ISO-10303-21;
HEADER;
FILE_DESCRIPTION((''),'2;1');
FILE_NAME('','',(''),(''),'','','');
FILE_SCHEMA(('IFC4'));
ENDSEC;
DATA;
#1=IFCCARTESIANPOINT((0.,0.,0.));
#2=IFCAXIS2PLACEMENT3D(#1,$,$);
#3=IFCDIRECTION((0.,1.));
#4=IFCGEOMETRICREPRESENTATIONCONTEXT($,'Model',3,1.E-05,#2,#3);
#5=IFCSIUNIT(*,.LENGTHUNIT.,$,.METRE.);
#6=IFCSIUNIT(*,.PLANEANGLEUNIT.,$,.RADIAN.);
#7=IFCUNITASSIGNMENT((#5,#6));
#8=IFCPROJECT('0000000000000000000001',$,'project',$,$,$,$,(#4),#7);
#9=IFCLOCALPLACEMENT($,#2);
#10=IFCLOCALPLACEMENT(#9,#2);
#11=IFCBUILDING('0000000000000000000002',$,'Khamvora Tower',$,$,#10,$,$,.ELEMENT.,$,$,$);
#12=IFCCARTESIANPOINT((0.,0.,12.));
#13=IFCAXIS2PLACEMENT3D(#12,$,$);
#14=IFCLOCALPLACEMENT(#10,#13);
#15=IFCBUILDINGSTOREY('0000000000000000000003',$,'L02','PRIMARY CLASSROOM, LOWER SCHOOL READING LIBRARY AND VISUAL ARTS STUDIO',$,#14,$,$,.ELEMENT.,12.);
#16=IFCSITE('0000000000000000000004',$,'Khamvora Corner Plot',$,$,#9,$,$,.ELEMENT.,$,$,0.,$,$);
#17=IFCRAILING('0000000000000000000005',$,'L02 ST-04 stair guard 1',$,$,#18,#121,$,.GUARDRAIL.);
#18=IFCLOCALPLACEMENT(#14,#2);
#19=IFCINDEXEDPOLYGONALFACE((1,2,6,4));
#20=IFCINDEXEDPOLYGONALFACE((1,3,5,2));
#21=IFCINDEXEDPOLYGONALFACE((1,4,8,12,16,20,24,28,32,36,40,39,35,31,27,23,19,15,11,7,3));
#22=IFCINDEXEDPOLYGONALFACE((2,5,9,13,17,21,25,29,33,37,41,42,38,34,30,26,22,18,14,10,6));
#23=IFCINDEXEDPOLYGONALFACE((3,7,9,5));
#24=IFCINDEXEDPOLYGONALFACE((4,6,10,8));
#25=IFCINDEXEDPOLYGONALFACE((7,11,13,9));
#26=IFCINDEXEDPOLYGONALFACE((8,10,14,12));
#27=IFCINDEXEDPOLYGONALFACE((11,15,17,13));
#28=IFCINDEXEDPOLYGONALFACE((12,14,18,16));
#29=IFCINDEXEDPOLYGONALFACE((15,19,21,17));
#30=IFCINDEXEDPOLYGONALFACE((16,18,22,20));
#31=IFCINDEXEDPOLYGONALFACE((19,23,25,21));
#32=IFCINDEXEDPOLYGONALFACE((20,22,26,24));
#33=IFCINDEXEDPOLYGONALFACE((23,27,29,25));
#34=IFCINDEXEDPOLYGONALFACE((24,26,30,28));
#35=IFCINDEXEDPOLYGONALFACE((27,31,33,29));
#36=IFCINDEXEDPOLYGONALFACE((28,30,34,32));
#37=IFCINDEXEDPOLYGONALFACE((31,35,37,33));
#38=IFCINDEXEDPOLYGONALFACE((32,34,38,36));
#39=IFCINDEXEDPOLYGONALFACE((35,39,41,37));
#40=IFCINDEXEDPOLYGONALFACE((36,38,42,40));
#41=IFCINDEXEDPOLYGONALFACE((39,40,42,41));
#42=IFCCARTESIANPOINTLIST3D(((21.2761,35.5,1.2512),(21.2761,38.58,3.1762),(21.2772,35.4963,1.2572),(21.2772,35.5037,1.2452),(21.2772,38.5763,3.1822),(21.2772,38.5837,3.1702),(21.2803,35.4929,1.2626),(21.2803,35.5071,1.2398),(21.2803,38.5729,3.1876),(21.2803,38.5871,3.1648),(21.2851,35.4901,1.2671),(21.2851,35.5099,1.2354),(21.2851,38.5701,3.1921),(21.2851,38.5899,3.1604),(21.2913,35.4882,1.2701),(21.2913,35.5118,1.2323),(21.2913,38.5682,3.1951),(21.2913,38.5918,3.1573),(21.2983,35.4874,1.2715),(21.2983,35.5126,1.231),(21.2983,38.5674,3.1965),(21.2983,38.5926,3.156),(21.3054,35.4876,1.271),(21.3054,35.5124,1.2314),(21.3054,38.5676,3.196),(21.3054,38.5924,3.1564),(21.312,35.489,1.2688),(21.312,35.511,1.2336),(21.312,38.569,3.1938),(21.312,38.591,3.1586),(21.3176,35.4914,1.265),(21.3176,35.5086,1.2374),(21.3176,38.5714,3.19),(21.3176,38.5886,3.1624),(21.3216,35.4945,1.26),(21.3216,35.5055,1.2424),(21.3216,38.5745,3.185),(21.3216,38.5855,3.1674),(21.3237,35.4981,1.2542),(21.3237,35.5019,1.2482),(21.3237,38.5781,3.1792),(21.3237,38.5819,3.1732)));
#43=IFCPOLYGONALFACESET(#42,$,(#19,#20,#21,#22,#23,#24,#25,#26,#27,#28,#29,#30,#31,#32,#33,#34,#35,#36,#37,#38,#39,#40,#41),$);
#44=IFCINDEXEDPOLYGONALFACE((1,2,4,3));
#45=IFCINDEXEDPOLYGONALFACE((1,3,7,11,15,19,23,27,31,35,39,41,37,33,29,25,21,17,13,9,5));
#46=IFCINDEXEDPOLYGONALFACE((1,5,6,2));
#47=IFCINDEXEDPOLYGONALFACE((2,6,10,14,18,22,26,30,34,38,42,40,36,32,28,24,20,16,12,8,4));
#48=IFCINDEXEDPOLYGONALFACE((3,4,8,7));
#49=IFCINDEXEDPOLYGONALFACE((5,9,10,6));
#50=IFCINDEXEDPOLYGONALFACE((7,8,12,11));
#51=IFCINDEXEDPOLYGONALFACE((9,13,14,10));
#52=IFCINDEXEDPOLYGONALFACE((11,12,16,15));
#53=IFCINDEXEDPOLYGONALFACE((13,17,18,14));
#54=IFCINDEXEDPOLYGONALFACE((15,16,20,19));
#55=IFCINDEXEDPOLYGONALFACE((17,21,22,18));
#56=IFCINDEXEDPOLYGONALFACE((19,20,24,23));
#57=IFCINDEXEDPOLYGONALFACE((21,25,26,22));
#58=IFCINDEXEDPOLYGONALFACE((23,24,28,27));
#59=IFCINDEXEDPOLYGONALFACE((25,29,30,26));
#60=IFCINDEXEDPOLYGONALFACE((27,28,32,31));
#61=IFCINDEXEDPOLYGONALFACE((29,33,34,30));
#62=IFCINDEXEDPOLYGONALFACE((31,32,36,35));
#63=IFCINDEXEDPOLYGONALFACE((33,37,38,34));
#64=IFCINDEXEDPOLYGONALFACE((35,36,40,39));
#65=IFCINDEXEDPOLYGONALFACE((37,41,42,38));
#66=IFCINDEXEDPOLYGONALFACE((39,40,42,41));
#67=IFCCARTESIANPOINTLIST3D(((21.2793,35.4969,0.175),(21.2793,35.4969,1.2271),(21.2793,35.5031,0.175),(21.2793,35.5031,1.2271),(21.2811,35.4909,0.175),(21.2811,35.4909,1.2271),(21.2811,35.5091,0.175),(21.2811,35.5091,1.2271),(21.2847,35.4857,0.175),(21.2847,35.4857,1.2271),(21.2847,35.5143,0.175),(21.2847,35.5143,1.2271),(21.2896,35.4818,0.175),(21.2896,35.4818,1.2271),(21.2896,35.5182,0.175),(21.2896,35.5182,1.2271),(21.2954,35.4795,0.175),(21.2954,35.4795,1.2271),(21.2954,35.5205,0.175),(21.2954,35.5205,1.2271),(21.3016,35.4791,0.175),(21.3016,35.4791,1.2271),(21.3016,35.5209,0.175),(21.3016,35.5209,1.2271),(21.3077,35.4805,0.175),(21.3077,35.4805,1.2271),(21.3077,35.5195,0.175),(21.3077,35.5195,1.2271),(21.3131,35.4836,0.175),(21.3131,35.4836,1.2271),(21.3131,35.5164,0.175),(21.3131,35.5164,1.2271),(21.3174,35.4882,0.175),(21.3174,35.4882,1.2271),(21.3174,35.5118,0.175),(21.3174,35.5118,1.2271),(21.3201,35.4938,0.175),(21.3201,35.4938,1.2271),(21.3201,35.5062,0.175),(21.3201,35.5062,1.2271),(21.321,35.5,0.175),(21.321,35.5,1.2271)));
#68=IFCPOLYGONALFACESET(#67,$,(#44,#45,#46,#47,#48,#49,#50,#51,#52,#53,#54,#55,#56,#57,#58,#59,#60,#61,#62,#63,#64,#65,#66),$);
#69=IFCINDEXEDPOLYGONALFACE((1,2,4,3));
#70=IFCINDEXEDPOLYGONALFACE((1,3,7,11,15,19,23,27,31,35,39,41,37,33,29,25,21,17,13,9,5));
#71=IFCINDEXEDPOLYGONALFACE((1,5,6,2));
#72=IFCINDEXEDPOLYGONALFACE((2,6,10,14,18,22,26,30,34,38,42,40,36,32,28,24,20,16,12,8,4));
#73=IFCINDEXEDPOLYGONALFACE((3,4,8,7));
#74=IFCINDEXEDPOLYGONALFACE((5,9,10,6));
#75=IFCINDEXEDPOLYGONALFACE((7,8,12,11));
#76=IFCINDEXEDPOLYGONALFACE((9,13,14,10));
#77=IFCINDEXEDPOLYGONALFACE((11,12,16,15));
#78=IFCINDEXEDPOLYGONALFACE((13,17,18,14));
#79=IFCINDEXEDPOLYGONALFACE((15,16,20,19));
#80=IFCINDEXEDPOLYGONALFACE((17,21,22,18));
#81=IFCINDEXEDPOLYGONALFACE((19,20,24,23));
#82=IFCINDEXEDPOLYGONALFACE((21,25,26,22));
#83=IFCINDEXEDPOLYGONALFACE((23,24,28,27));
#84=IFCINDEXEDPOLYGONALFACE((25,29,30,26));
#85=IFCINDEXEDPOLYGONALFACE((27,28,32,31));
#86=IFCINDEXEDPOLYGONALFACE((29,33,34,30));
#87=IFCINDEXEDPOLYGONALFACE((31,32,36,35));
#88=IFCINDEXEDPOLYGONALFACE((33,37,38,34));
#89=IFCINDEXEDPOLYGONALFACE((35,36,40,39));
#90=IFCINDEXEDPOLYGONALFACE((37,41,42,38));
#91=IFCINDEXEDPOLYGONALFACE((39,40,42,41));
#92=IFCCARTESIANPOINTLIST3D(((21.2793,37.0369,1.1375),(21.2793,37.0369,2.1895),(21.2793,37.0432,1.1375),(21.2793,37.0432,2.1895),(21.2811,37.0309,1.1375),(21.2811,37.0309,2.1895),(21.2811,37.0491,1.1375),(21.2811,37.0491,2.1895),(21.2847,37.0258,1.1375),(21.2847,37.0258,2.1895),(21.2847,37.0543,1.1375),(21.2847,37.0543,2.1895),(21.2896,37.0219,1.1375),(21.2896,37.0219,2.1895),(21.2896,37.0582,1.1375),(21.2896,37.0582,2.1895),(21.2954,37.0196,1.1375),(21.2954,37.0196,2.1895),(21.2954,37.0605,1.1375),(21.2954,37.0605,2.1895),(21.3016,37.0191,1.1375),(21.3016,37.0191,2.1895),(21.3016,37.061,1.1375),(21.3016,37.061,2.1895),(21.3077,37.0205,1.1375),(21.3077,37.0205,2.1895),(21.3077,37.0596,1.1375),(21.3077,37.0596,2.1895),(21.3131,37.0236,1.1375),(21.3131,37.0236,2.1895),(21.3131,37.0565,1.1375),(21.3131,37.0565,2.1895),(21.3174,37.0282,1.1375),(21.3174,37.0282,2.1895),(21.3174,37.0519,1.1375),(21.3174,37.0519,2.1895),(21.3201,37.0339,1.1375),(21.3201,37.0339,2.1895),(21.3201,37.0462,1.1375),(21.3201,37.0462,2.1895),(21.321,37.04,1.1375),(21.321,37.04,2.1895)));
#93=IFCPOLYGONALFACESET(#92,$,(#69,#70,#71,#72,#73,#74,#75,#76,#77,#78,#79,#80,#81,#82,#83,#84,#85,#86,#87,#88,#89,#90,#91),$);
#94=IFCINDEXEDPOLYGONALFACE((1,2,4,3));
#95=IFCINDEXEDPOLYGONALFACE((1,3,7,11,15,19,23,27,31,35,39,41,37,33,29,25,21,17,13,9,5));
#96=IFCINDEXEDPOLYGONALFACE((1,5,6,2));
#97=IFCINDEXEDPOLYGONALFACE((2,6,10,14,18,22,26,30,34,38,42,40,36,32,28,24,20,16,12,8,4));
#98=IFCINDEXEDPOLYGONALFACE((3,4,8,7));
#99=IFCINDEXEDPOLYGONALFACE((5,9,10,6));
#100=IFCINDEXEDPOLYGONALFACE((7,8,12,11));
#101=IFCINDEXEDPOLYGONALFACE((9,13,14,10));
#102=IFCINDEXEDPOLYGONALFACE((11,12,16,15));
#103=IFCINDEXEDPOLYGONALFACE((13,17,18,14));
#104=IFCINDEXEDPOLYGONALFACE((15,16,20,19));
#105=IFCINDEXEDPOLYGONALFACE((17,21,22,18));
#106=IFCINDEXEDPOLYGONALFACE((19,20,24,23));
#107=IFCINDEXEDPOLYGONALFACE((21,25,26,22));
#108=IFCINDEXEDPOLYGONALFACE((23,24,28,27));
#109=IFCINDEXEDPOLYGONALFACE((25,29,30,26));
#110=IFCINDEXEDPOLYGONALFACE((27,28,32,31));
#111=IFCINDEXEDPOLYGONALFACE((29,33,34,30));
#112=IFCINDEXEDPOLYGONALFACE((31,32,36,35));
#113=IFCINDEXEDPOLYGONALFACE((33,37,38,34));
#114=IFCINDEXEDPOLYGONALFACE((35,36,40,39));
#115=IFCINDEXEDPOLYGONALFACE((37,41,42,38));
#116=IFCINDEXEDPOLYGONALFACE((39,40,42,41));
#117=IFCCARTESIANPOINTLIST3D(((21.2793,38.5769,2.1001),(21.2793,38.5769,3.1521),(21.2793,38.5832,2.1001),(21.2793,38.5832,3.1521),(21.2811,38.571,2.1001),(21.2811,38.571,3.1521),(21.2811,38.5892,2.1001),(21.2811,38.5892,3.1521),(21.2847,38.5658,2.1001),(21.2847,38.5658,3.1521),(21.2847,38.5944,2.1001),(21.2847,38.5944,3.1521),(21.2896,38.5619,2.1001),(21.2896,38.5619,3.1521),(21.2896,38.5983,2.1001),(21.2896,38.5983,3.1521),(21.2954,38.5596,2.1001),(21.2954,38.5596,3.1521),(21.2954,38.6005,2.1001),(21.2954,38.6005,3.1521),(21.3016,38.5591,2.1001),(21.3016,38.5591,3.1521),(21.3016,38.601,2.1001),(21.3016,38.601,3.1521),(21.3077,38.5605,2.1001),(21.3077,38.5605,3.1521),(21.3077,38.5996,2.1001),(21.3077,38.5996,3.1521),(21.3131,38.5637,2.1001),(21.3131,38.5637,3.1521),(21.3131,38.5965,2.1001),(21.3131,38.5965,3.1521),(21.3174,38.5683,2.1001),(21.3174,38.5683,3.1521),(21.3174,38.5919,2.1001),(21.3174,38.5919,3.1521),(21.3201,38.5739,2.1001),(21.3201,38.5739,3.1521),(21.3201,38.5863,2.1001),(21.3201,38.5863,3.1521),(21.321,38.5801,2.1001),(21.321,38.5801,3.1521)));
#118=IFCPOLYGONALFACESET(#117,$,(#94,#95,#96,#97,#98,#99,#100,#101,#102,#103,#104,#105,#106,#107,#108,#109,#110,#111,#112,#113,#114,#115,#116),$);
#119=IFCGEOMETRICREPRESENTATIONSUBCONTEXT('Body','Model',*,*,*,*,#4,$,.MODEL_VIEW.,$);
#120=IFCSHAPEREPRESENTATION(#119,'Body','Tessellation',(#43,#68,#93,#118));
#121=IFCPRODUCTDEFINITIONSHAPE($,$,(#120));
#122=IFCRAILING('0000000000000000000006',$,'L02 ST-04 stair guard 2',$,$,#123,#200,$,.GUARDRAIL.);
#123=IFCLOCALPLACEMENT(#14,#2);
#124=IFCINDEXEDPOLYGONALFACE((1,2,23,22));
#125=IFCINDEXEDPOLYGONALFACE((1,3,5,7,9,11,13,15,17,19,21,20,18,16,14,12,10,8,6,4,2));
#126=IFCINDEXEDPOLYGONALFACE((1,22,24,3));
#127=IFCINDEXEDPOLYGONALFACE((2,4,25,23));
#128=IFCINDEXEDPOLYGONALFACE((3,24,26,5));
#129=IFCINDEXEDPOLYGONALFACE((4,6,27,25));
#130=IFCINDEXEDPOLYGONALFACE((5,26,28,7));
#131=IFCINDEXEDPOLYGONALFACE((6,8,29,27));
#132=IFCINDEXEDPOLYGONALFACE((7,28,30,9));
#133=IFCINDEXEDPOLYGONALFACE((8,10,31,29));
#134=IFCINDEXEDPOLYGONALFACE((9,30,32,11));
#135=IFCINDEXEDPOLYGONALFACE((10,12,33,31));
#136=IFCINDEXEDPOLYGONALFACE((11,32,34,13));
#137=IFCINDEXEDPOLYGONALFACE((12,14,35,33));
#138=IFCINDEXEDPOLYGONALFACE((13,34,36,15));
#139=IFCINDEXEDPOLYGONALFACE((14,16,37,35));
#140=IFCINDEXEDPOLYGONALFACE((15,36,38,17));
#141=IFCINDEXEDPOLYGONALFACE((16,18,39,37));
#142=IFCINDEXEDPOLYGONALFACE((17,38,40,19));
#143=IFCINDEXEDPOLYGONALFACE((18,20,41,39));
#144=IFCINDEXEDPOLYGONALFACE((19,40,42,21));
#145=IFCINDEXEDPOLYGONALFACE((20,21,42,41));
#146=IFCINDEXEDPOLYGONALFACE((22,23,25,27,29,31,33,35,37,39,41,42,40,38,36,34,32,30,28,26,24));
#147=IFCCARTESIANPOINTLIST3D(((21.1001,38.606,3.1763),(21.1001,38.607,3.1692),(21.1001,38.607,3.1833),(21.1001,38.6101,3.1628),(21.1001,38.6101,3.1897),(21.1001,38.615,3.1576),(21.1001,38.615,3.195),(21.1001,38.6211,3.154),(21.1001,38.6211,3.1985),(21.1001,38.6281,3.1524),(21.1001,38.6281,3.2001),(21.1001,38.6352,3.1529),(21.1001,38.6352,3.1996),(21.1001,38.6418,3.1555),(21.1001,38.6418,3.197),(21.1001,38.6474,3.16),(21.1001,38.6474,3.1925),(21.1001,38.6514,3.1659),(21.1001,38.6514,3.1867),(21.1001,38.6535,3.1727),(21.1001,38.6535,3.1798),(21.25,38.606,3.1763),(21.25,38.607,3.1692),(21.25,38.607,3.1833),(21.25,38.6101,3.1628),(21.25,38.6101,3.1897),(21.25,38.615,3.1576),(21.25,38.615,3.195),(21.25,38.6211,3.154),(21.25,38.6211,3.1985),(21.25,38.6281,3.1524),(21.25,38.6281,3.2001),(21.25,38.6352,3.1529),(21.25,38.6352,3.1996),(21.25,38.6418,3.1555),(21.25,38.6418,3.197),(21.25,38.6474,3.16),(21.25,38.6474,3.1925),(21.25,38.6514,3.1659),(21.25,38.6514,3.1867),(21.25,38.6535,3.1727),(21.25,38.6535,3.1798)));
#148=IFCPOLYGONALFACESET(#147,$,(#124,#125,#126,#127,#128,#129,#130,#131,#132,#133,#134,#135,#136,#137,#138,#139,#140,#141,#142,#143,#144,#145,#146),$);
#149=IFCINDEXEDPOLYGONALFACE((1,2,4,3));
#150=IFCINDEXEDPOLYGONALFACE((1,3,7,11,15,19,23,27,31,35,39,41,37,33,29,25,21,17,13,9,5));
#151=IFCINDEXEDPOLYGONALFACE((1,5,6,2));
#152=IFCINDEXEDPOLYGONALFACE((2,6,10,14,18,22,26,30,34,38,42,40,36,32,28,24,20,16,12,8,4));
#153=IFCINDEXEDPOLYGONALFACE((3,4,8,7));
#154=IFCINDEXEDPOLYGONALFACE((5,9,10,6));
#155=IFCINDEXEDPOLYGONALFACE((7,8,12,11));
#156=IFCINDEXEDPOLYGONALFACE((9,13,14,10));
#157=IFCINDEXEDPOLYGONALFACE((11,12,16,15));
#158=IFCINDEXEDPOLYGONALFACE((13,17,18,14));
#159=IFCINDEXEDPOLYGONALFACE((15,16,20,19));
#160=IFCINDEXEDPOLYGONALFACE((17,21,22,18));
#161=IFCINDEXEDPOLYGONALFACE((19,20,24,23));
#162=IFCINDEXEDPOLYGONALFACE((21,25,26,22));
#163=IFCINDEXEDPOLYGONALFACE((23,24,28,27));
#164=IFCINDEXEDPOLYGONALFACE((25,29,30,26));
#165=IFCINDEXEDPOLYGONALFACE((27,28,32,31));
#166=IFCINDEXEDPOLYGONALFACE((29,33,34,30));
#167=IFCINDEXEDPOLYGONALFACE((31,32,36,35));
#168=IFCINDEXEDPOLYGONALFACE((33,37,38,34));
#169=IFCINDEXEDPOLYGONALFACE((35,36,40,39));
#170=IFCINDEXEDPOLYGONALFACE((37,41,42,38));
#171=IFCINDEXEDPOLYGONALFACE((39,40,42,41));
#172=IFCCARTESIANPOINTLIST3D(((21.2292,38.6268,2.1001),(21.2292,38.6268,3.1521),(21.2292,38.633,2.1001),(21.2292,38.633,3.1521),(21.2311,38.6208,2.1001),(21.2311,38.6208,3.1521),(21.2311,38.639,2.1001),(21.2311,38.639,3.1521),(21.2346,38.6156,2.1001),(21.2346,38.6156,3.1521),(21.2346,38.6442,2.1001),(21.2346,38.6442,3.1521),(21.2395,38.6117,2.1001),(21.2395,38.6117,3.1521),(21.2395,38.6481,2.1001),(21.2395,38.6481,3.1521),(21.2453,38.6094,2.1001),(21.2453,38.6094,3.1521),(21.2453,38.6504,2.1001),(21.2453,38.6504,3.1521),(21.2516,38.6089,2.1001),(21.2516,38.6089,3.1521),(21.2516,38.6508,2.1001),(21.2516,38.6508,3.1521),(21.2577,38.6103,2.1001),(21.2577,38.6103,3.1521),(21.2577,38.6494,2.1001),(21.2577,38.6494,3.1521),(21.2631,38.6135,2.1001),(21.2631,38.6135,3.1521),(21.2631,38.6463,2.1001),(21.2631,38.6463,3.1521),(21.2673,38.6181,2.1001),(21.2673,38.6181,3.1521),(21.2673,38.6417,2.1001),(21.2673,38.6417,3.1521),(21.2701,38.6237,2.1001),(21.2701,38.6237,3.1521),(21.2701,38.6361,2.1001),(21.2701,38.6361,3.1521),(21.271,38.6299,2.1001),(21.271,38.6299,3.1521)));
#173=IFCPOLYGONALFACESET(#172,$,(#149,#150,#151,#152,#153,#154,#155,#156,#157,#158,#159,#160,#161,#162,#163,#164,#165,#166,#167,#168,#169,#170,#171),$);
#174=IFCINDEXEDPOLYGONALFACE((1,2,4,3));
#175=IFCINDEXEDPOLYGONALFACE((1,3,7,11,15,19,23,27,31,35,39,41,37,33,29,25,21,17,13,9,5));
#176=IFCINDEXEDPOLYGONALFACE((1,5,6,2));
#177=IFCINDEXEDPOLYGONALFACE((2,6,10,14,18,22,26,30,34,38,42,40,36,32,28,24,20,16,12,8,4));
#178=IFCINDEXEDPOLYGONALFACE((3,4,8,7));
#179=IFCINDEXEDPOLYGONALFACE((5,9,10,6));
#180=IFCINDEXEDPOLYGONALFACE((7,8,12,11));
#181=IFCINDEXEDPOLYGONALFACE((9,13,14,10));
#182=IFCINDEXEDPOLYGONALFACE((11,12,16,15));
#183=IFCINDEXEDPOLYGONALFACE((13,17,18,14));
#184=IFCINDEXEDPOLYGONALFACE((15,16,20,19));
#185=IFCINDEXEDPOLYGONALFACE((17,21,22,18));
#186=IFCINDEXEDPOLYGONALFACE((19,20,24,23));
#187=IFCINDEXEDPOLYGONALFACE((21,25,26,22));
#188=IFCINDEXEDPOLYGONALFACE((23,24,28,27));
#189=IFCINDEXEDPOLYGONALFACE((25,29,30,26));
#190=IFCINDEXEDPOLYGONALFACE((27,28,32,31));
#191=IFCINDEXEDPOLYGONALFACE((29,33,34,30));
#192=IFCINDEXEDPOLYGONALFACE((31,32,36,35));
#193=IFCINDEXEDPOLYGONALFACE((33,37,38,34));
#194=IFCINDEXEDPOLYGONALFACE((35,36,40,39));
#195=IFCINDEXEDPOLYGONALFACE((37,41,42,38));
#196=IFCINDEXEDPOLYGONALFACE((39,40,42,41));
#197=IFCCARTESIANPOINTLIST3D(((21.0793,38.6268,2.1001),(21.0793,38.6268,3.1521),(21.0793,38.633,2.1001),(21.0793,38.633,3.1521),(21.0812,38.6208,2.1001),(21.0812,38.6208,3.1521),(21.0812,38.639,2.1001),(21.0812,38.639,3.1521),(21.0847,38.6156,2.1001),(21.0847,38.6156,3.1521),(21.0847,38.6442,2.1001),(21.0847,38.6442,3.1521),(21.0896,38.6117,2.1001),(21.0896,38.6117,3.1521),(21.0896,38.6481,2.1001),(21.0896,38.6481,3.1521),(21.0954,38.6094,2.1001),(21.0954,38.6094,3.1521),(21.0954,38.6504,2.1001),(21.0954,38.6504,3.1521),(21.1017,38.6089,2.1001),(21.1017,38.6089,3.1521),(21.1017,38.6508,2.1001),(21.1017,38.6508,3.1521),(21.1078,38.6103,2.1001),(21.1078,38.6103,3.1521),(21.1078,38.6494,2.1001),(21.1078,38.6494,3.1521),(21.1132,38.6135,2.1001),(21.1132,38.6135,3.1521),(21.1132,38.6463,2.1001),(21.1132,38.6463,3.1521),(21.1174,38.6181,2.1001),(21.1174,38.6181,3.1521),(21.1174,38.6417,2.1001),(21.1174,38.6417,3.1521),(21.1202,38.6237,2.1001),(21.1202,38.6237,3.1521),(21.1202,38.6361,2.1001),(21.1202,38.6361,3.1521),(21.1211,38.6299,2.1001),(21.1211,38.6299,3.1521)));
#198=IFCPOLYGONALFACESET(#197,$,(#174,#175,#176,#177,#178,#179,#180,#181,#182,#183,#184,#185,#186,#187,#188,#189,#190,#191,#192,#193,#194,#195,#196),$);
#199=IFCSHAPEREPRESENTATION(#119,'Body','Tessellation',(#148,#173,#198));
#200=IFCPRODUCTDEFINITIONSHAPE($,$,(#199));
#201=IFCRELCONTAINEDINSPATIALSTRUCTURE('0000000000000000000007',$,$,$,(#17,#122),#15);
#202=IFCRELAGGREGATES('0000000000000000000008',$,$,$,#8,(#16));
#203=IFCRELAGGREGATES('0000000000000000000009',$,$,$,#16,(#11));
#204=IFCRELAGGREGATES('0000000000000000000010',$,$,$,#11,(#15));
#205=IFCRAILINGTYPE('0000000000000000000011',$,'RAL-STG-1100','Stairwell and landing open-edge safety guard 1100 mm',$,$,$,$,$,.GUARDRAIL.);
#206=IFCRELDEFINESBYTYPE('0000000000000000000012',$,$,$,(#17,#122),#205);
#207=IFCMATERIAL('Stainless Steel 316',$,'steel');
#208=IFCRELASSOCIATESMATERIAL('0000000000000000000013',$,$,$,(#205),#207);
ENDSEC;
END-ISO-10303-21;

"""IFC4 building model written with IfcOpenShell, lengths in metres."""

from ifc_helpers import new_model, si_unit, direction, frame, origin, origin_2d, place, context, subcontext, project, spatial, circle, extrude, material, type_object, element, save


model = new_model("IFC4")

# Units and contexts
model_context = context("Model", 3, precision=1e-05, world=origin(), true_north=direction((0.0, 1.0)))
body_context = subcontext(model_context, "Body", "Model", "MODEL_VIEW")
ifc_project = project(units=[si_unit("LENGTHUNIT", "METRE"), si_unit("PLANEANGLEUNIT", "RADIAN")], contexts=[model_context])

# Site, building, storey
site_placement = place(None, origin())
site = spatial("IfcSite", under=ifc_project, at=site_placement, Name="Khamvora Corner Plot", CompositionType="ELEMENT", RefElevation=0.0)
building_placement = place(site_placement, origin())
building = spatial("IfcBuilding", under=site, at=building_placement, Name="Khamvora Tower", CompositionType="ELEMENT")
storey_placement = place(building_placement, frame((0.0, 0.0, 12.0)))
storey = spatial("IfcBuildingStorey", under=building, at=storey_placement, Name="L02", Description="PRIMARY CLASSROOM, LOWER SCHOOL READING LIBRARY AND VISUAL ARTS STUDIO", CompositionType="ELEMENT", Elevation=12.0)

# Railings
ifc_material_1 = material(Name="Stainless Steel 316", Category="steel")
railing_type_1 = type_object("IfcRailingType", Name="RAL-STG-1100", Description="Stairwell and landing open-edge safety guard 1100 mm", PredefinedType="GUARDRAIL", material=ifc_material_1)
railing_1_placement = place(storey_placement, frame((21.3, 35.5, 0.175)))
element("IfcRailing", 1, at=railing_1_placement, inside=storey, type_object=railing_type_1, Name="L02 ST-04 stair guard 1", PredefinedType="GUARDRAIL", context=body_context, shape_type="SweptSolid", body=[
    extrude(circle(Radius=0.0239, at=origin_2d()), frame((0.0, 0.0, 1.0762), z_axis=(0.0, 0.847998, 0.529999), x_axis=(-1.0, 0.0, 0.0)), (0.0, 0.0, 1.0), 3.6321),
    extrude(circle(Radius=0.021, at=origin_2d()), origin(), (0.0, 0.0, 1.0), 1.052),
    extrude(circle(Radius=0.021, at=origin_2d()), frame((0.0, 1.54, 0.9624)), (0.0, 0.0, 1.0), 1.052),
    extrude(circle(Radius=0.021, at=origin_2d()), frame((0.0, 3.0801, 1.925)), (0.0, 0.0, 1.0), 1.052),
])
railing_2_placement = place(storey_placement, frame((21.25, 38.6299, 2.1001)))
element("IfcRailing", 2, at=railing_2_placement, inside=storey, type_object=railing_type_1, Name="L02 ST-04 stair guard 2", PredefinedType="GUARDRAIL", context=body_context, shape_type="SweptSolid", body=[
    extrude(circle(Radius=0.0239, at=origin_2d()), frame((0.0, 0.0, 1.0762), z_axis=(-1.0, 0.0, 0.0), x_axis=(0.0, -1.0, 0.0)), (0.0, 0.0, 1.0), 0.1499),
    extrude(circle(Radius=0.021, at=origin_2d()), origin(), (0.0, 0.0, 1.0), 1.052),
    extrude(circle(Radius=0.021, at=origin_2d()), frame((-0.1499, 0.0, 0.0)), (0.0, 0.0, 1.0), 1.052),
])

save(model, "model.ifc")
